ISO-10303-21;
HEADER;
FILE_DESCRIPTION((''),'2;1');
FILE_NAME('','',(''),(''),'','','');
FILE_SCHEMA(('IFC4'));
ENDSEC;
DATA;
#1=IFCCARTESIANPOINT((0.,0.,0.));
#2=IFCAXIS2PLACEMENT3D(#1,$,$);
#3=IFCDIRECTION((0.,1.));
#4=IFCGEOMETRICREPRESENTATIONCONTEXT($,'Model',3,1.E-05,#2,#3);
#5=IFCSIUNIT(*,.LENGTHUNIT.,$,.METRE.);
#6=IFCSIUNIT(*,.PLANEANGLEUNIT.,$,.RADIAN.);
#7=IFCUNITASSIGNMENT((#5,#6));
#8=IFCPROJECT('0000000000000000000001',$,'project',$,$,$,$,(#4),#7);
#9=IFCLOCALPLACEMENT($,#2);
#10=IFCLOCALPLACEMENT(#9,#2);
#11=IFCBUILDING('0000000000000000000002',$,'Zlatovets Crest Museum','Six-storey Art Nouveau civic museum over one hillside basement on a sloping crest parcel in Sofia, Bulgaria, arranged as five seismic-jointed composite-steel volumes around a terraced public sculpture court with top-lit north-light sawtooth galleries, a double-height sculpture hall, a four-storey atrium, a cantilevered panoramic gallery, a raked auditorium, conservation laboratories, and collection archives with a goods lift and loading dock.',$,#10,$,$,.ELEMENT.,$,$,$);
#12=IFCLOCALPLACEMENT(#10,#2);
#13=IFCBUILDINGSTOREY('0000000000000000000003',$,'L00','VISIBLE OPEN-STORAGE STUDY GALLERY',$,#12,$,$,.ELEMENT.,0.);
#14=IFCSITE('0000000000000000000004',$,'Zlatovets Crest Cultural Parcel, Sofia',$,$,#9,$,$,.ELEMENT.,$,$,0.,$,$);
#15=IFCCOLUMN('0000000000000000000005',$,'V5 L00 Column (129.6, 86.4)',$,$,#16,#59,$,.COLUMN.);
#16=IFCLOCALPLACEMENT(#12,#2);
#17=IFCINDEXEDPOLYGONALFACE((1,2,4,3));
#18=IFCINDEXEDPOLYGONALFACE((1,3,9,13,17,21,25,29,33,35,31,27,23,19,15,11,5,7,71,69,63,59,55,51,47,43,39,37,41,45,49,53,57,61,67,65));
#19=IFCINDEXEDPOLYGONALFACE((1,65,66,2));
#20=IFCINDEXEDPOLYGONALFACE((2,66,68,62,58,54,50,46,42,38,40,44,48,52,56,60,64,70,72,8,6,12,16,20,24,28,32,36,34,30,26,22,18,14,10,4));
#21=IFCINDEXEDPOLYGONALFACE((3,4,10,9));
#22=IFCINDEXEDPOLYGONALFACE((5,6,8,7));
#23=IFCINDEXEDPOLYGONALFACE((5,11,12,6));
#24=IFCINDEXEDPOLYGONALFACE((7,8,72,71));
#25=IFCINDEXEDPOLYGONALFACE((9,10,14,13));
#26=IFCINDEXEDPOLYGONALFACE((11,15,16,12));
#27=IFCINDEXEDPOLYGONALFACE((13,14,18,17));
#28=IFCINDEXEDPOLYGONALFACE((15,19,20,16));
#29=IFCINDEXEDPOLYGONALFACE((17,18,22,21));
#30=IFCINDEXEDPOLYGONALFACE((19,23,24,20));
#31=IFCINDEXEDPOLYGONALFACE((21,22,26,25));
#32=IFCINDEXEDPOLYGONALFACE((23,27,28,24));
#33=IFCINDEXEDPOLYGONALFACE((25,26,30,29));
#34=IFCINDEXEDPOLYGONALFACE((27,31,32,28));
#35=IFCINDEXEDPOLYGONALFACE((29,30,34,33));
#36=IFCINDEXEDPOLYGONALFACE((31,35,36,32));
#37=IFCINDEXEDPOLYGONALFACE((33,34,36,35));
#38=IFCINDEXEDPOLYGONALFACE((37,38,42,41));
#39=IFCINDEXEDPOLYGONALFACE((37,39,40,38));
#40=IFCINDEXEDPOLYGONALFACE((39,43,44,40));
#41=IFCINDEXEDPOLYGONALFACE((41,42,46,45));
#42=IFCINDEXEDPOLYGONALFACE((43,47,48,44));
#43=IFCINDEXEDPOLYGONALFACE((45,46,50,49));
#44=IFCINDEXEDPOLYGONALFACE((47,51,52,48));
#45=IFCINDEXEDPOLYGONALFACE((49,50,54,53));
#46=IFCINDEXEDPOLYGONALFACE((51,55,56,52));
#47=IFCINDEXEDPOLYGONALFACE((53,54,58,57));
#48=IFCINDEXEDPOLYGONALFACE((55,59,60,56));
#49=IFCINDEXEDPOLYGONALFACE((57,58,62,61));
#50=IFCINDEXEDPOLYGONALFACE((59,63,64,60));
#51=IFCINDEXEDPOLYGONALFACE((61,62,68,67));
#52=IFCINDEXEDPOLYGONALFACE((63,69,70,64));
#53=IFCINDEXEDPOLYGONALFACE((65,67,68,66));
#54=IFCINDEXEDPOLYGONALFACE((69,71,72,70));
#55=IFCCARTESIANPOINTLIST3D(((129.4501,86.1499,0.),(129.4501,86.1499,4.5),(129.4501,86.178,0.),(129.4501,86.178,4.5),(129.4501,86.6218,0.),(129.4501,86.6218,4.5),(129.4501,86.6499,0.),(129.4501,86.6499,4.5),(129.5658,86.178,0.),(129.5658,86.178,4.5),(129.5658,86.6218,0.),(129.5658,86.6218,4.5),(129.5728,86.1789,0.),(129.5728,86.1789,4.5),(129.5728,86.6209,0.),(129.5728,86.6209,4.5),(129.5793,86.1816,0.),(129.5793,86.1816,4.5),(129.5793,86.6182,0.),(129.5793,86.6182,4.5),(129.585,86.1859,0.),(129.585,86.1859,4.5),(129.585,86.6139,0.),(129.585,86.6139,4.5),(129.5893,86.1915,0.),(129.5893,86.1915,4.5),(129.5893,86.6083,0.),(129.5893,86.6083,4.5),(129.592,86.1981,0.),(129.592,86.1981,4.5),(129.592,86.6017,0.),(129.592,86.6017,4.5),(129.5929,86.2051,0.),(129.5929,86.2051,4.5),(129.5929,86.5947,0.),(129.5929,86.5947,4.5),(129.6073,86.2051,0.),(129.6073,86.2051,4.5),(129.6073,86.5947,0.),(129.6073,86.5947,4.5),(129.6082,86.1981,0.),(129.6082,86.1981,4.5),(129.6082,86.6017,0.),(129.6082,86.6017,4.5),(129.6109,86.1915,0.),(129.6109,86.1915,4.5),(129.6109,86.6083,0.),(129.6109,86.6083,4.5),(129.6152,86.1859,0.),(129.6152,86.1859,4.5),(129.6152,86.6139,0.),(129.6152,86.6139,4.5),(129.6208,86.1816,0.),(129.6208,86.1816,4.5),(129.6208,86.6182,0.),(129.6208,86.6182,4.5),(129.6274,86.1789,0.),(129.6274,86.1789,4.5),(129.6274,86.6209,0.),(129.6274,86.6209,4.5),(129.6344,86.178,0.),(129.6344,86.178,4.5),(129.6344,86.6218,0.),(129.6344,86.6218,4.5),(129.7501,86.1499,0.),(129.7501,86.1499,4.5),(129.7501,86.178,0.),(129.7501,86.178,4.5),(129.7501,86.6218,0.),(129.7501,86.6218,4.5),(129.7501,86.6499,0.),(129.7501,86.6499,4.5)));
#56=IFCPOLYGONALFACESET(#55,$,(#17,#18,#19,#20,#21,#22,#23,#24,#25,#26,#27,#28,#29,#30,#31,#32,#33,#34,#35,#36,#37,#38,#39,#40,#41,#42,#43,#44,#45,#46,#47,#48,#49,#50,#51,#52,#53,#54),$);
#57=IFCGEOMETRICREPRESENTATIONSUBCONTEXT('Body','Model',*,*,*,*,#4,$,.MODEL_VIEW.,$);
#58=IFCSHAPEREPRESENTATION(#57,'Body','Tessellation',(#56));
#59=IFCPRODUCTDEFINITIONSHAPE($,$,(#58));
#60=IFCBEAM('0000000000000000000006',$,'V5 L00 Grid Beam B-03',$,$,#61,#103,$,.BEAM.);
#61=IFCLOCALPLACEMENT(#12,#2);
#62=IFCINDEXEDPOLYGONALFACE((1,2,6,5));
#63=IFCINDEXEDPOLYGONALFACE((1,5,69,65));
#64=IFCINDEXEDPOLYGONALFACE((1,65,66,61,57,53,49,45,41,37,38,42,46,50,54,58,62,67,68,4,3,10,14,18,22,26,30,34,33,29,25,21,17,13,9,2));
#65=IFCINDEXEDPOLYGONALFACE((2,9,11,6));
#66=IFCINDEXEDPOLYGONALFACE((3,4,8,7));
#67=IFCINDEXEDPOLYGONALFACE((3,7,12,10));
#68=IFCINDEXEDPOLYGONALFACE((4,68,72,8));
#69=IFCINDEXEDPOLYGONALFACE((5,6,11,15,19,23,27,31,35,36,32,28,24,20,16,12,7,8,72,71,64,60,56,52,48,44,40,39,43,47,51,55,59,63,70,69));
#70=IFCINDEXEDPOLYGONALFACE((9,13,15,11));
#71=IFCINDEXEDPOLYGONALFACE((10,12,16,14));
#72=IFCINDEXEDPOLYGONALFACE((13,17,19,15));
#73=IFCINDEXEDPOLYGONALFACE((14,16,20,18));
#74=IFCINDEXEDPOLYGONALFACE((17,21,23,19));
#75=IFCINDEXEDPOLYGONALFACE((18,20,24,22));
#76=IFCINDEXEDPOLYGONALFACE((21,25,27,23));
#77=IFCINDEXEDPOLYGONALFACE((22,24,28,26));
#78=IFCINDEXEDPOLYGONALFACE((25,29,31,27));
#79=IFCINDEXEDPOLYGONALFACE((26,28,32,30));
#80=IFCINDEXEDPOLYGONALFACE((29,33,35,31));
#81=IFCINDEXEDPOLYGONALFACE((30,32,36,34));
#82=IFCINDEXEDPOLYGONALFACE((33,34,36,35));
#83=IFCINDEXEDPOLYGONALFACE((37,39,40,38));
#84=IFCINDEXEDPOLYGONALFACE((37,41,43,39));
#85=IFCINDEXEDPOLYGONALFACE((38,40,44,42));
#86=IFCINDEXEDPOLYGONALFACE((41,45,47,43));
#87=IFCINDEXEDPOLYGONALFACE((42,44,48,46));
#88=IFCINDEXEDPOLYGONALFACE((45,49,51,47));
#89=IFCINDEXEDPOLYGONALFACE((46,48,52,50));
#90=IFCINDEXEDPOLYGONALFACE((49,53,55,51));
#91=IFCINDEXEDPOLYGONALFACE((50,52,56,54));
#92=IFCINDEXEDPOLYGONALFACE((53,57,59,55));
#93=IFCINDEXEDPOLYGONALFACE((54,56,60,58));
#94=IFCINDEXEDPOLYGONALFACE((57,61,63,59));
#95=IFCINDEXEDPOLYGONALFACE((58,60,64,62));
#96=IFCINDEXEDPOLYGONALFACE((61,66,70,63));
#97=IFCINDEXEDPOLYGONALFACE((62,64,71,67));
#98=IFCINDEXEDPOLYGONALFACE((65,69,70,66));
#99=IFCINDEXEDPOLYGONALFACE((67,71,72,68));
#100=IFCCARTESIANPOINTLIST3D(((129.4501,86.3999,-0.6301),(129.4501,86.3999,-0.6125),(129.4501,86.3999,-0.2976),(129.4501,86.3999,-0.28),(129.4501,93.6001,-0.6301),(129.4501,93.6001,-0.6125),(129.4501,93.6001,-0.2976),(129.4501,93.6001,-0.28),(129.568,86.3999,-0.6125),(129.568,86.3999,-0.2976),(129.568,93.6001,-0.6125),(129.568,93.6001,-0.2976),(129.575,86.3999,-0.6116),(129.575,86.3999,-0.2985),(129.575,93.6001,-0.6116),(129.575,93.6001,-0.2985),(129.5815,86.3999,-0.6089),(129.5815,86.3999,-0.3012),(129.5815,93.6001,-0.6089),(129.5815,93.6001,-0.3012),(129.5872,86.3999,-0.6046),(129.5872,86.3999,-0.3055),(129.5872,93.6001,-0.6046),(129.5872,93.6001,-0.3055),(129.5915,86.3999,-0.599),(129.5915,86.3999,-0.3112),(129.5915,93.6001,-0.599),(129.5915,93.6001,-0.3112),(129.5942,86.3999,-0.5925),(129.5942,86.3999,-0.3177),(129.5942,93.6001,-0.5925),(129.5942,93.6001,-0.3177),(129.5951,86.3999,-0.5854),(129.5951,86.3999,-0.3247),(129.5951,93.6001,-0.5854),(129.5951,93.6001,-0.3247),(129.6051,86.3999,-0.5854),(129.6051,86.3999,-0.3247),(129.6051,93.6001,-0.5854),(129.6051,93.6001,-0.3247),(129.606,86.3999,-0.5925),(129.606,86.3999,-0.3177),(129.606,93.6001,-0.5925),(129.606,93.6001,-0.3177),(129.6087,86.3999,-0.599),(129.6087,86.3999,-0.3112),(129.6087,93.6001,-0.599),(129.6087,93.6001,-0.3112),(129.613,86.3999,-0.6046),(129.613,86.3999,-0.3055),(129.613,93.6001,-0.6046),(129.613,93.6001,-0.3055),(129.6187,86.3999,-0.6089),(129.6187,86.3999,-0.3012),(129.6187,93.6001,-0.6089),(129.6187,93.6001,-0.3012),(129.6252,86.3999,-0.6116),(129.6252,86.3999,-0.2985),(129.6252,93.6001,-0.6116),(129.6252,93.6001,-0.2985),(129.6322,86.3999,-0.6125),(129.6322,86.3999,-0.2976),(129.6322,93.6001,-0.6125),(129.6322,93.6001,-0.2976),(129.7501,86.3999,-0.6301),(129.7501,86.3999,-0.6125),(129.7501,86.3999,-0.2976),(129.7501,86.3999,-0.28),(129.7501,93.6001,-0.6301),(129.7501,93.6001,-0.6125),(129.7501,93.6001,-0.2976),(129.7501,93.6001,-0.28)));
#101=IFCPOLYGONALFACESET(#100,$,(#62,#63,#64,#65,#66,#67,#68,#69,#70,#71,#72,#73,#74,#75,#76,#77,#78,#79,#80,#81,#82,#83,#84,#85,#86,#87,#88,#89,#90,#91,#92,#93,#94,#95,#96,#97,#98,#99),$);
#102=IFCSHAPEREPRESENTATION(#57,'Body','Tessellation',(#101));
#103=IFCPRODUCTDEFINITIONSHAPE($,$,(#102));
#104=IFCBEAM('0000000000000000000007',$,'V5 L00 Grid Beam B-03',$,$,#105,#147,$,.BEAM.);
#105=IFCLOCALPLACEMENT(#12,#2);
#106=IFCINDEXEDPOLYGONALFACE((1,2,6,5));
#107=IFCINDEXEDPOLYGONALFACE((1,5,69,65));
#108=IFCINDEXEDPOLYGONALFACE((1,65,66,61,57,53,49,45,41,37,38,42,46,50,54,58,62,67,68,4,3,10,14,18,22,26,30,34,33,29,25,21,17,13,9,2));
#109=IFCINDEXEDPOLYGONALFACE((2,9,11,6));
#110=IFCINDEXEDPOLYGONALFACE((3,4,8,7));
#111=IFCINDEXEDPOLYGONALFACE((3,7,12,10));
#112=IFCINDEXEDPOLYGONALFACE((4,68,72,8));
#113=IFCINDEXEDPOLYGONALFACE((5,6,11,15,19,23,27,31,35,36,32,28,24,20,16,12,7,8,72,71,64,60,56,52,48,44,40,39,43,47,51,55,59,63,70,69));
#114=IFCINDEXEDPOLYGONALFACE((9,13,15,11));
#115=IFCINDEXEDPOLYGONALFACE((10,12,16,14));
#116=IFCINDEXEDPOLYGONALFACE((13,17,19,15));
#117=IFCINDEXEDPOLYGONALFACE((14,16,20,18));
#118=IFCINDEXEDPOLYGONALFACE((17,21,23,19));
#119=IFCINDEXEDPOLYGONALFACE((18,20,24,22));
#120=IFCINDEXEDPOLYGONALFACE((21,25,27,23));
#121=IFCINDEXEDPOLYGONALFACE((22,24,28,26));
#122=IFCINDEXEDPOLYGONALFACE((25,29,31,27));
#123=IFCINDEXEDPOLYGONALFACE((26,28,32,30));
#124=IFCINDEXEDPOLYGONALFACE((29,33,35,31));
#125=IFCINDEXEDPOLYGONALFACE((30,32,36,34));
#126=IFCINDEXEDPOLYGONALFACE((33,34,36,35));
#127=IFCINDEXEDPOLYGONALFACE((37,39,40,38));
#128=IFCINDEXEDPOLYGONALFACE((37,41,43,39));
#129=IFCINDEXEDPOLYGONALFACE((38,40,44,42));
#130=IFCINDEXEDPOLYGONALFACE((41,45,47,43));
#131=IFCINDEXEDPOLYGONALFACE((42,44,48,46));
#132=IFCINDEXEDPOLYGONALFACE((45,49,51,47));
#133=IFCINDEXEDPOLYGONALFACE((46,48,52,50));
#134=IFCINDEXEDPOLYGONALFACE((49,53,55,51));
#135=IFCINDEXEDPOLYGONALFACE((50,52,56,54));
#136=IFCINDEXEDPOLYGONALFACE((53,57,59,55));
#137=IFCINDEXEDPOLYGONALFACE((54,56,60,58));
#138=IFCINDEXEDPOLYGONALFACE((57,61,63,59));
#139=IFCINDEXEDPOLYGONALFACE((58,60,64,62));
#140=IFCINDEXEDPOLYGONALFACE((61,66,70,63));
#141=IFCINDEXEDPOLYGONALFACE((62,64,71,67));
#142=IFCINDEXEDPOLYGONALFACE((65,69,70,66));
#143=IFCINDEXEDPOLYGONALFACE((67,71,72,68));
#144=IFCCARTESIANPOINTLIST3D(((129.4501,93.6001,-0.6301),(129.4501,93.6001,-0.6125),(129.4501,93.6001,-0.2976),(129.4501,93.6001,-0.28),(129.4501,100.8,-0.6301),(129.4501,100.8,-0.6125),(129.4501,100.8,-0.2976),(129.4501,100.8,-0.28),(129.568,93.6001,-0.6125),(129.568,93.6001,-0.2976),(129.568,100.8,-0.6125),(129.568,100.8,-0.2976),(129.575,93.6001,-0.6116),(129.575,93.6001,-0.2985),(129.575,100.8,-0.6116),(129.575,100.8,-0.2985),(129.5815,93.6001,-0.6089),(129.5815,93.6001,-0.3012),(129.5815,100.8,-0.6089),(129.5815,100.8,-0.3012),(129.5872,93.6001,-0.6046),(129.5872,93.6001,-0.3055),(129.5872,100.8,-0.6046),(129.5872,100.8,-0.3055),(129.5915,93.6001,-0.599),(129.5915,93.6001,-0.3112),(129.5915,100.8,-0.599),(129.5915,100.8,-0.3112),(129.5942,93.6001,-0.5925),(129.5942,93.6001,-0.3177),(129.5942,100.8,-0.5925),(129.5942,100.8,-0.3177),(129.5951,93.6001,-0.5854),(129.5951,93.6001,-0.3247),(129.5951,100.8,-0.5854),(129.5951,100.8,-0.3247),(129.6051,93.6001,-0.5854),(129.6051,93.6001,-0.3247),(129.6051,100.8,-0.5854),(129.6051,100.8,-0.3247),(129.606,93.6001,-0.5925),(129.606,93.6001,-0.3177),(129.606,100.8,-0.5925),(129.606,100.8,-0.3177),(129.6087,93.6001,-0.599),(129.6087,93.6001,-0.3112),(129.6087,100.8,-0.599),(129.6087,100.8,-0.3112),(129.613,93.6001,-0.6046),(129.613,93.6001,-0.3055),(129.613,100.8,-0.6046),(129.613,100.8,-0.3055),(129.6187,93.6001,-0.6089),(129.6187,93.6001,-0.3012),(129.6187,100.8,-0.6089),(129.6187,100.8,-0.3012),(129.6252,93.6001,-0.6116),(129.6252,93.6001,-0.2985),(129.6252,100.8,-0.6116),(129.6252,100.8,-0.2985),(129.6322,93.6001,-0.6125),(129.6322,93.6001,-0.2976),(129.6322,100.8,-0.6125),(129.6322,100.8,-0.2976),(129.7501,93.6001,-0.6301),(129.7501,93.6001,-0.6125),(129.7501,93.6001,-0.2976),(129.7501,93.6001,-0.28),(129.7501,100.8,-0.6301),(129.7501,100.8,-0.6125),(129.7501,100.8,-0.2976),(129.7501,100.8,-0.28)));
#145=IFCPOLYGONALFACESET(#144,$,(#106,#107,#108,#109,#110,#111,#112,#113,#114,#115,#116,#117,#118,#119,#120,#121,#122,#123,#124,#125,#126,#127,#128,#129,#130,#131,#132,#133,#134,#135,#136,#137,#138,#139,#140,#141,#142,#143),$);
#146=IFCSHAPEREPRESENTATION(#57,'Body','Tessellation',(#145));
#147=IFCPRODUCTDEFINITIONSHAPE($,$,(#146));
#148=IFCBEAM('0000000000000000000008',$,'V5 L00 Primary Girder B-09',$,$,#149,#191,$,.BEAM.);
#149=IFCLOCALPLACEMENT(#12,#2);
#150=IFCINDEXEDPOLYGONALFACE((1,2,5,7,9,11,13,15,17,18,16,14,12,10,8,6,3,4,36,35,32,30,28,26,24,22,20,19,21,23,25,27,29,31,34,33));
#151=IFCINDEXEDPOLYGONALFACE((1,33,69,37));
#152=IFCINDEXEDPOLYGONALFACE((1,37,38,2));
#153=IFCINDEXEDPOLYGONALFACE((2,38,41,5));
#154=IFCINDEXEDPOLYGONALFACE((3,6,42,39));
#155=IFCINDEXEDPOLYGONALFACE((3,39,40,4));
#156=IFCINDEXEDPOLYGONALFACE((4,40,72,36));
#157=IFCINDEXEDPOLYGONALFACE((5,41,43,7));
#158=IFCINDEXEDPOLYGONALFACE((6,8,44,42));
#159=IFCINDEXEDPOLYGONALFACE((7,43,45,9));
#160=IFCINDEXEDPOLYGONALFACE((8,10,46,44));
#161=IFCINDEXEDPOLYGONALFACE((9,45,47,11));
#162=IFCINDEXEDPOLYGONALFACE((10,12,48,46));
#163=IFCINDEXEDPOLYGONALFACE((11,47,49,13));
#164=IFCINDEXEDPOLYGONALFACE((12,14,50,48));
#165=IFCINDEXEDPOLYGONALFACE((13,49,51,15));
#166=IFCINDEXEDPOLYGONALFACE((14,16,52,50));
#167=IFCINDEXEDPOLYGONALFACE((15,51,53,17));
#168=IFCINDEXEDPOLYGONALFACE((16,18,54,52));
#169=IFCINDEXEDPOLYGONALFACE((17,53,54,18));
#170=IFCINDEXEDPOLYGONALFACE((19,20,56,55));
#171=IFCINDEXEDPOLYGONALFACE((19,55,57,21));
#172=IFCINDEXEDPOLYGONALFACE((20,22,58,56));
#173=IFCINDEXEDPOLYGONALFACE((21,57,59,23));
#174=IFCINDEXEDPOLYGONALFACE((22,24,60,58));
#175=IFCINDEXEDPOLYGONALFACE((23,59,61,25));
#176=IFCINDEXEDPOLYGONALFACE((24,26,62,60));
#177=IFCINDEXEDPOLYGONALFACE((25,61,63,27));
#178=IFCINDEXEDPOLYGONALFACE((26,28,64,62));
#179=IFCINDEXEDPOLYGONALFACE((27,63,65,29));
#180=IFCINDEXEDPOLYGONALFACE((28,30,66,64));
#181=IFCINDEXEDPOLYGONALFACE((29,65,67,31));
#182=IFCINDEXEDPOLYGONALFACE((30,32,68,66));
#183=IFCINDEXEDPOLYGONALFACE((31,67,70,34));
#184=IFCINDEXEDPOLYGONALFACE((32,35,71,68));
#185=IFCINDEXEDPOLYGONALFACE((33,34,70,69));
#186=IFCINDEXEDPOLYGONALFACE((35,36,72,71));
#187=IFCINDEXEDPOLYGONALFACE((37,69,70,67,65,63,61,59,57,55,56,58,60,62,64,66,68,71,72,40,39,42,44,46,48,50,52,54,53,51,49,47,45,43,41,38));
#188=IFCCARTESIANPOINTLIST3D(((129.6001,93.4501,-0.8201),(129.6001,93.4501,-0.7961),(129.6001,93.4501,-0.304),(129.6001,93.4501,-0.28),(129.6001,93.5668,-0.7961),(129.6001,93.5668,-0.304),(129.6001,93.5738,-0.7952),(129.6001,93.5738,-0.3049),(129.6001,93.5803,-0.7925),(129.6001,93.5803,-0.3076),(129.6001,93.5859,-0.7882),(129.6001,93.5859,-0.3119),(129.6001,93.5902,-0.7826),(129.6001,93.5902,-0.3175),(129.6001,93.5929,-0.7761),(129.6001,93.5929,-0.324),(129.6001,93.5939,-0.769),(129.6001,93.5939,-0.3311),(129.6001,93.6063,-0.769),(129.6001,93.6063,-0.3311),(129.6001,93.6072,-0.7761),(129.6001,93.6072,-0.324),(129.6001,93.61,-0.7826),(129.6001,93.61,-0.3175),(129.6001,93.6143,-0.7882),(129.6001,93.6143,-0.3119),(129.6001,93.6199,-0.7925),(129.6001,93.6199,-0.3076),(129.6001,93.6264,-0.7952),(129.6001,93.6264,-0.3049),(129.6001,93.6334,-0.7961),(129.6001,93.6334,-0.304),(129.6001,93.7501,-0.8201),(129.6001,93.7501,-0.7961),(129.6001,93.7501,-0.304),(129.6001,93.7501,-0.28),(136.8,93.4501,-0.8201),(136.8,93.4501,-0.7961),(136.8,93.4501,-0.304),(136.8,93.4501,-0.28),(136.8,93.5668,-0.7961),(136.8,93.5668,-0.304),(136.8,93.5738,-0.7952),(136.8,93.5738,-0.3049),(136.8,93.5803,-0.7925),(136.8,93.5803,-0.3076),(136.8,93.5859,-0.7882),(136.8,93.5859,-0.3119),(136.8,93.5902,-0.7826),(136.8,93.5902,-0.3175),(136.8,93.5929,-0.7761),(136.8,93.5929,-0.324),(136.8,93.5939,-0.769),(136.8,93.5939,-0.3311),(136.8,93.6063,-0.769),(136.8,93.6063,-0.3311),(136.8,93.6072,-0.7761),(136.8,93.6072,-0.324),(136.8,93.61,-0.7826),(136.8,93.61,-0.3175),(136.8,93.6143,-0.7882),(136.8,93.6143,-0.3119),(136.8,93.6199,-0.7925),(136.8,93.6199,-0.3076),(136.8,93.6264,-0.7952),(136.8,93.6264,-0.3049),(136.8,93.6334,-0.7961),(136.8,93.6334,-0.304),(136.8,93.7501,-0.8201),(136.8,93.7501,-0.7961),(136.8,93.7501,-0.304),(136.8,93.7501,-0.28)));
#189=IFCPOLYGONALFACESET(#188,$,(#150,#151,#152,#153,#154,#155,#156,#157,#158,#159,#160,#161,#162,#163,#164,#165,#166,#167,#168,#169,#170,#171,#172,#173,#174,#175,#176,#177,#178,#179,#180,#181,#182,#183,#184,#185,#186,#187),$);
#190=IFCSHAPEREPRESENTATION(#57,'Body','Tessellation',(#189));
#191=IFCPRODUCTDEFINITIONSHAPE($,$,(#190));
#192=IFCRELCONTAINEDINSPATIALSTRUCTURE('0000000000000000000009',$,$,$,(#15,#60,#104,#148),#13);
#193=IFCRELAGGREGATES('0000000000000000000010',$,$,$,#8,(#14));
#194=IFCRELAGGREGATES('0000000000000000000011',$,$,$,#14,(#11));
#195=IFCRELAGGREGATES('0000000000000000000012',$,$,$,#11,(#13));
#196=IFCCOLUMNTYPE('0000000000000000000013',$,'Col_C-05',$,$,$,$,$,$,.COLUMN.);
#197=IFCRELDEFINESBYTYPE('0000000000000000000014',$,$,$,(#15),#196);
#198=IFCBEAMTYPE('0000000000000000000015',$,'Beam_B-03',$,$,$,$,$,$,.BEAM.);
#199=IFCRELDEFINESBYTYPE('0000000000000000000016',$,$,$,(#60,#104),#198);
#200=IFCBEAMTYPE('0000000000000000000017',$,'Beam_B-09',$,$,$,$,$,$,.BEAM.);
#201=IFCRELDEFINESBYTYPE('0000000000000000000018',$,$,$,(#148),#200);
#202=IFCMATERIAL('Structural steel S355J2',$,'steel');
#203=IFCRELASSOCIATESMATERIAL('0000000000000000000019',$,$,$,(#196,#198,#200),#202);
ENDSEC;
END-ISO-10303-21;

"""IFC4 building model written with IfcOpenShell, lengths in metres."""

from ifc_helpers import new_model, si_unit, direction, frame, origin, origin_2d, place, context, subcontext, project, spatial, i_section, extrude, material, material_profile, profile_set, type_object, element, save


model = new_model("IFC4")

# Units and contexts
model_context = context("Model", 3, precision=1e-05, world=origin(), true_north=direction((0.0, 1.0)))
body_context = subcontext(model_context, "Body", "Model", "MODEL_VIEW")
ifc_project = project(units=[si_unit("LENGTHUNIT", "METRE"), si_unit("PLANEANGLEUNIT", "RADIAN")], contexts=[model_context])

# Site, building, storey
site_placement = place(None, origin())
site = spatial("IfcSite", under=ifc_project, at=site_placement, Name="Zlatovets Crest Cultural Parcel, Sofia", CompositionType="ELEMENT", RefElevation=0.0)
building_placement = place(site_placement, origin())
building = spatial("IfcBuilding", under=site, at=building_placement, Name="Zlatovets Crest Museum", Description="Six-storey Art Nouveau civic museum over one hillside basement on a sloping crest parcel in Sofia, Bulgaria, arranged as five seismic-jointed composite-steel volumes around a terraced public sculpture court with top-lit north-light sawtooth galleries, a double-height sculpture hall, a four-storey atrium, a cantilevered panoramic gallery, a raked auditorium, conservation laboratories, and collection archives with a goods lift and loading dock.", CompositionType="ELEMENT")
storey_placement = place(building_placement, origin())
storey = spatial("IfcBuildingStorey", under=building, at=storey_placement, Name="L00", Description="VISIBLE OPEN-STORAGE STUDY GALLERY", CompositionType="ELEMENT", Elevation=0.0)

# Column
ifc_material_1 = material(Name="Structural steel S355J2", Category="steel")
ifc_material_profile_1 = material_profile(ifc_material_1, i_section(OverallWidth=0.3, OverallDepth=0.5, WebThickness=0.0144, FlangeThickness=0.0281, FilletRadius=0.0271, at=origin_2d()), Name="HEB 500")
ifc_profile_set_1 = profile_set([ifc_material_profile_1], Name="Structural steel S355J2")
column_type = type_object("IfcColumnType", Name="Col_C-05", PredefinedType="COLUMN", material=ifc_profile_set_1)
column_placement = place(storey_placement, frame((129.6001, 86.3999, 0.0), z_axis=(0.0, 0.0, 1.0), x_axis=(1.0, 0.0, 0.0)))
element("IfcColumn", 1, at=column_placement, inside=storey, type_object=column_type, Name="V5 L00 Column (129.6, 86.4)", PredefinedType="COLUMN", context=body_context, shape_type="SweptSolid", body=[
    extrude(i_section(OverallWidth=0.3, OverallDepth=0.5, WebThickness=0.0144, FlangeThickness=0.0281, FilletRadius=0.0271, at=origin_2d()), origin(), (0.0, 0.0, 1.0), 4.5),
])

# Beams
ifc_material_profile_2 = material_profile(ifc_material_1, i_section(OverallWidth=0.3, OverallDepth=0.3501, WebThickness=0.01, FlangeThickness=0.0176, FilletRadius=0.0271, at=origin_2d()), Name="HEA 360")
ifc_profile_set_2 = profile_set([ifc_material_profile_2], Name="Structural steel S355J2")
beam_type_1 = type_object("IfcBeamType", Name="Beam_B-03", PredefinedType="BEAM", material=ifc_profile_set_2)
beam_1_placement = place(storey_placement, frame((129.6001, 86.3999, -0.4551), z_axis=(0.0, 1.0, 0.0), x_axis=(-1.0, 0.0, 0.0)))
element("IfcBeam", 2, at=beam_1_placement, inside=storey, type_object=beam_type_1, Name="V5 L00 Grid Beam B-03", PredefinedType="BEAM", context=body_context, shape_type="SweptSolid", body=[
    extrude(i_section(OverallWidth=0.3, OverallDepth=0.3501, WebThickness=0.01, FlangeThickness=0.0176, FilletRadius=0.0271, at=origin_2d()), origin(), (0.0, 0.0, 1.0), 7.2002),
])
beam_2_placement = place(storey_placement, frame((129.6001, 93.6001, -0.4551), z_axis=(0.0, 1.0, 0.0), x_axis=(-1.0, 0.0, 0.0)))
element("IfcBeam", 3, at=beam_2_placement, inside=storey, type_object=beam_type_1, Name="V5 L00 Grid Beam B-03", PredefinedType="BEAM", context=body_context, shape_type="SweptSolid", body=[
    extrude(i_section(OverallWidth=0.3, OverallDepth=0.3501, WebThickness=0.01, FlangeThickness=0.0176, FilletRadius=0.0271, at=origin_2d()), origin(), (0.0, 0.0, 1.0), 7.2),
])
ifc_material_profile_3 = material_profile(ifc_material_1, i_section(OverallWidth=0.3, OverallDepth=0.54, WebThickness=0.0125, FlangeThickness=0.0239, FilletRadius=0.0271, at=origin_2d()), Name="HEA 550")
ifc_profile_set_3 = profile_set([ifc_material_profile_3], Name="Structural steel S355J2")
beam_type_2 = type_object("IfcBeamType", Name="Beam_B-09", PredefinedType="BEAM", material=ifc_profile_set_3)
beam_3_placement = place(storey_placement, frame((129.6001, 93.6001, -0.55), z_axis=(1.0, 0.0, 0.0), x_axis=(0.0, 1.0, 0.0)))
element("IfcBeam", 4, at=beam_3_placement, inside=storey, type_object=beam_type_2, Name="V5 L00 Primary Girder B-09", PredefinedType="BEAM", context=body_context, shape_type="SweptSolid", body=[
    extrude(i_section(OverallWidth=0.3, OverallDepth=0.54, WebThickness=0.0125, FlangeThickness=0.0239, FilletRadius=0.0271, at=origin_2d()), origin(), (0.0, 0.0, 1.0), 7.2),
])

save(model, "model.ifc")
